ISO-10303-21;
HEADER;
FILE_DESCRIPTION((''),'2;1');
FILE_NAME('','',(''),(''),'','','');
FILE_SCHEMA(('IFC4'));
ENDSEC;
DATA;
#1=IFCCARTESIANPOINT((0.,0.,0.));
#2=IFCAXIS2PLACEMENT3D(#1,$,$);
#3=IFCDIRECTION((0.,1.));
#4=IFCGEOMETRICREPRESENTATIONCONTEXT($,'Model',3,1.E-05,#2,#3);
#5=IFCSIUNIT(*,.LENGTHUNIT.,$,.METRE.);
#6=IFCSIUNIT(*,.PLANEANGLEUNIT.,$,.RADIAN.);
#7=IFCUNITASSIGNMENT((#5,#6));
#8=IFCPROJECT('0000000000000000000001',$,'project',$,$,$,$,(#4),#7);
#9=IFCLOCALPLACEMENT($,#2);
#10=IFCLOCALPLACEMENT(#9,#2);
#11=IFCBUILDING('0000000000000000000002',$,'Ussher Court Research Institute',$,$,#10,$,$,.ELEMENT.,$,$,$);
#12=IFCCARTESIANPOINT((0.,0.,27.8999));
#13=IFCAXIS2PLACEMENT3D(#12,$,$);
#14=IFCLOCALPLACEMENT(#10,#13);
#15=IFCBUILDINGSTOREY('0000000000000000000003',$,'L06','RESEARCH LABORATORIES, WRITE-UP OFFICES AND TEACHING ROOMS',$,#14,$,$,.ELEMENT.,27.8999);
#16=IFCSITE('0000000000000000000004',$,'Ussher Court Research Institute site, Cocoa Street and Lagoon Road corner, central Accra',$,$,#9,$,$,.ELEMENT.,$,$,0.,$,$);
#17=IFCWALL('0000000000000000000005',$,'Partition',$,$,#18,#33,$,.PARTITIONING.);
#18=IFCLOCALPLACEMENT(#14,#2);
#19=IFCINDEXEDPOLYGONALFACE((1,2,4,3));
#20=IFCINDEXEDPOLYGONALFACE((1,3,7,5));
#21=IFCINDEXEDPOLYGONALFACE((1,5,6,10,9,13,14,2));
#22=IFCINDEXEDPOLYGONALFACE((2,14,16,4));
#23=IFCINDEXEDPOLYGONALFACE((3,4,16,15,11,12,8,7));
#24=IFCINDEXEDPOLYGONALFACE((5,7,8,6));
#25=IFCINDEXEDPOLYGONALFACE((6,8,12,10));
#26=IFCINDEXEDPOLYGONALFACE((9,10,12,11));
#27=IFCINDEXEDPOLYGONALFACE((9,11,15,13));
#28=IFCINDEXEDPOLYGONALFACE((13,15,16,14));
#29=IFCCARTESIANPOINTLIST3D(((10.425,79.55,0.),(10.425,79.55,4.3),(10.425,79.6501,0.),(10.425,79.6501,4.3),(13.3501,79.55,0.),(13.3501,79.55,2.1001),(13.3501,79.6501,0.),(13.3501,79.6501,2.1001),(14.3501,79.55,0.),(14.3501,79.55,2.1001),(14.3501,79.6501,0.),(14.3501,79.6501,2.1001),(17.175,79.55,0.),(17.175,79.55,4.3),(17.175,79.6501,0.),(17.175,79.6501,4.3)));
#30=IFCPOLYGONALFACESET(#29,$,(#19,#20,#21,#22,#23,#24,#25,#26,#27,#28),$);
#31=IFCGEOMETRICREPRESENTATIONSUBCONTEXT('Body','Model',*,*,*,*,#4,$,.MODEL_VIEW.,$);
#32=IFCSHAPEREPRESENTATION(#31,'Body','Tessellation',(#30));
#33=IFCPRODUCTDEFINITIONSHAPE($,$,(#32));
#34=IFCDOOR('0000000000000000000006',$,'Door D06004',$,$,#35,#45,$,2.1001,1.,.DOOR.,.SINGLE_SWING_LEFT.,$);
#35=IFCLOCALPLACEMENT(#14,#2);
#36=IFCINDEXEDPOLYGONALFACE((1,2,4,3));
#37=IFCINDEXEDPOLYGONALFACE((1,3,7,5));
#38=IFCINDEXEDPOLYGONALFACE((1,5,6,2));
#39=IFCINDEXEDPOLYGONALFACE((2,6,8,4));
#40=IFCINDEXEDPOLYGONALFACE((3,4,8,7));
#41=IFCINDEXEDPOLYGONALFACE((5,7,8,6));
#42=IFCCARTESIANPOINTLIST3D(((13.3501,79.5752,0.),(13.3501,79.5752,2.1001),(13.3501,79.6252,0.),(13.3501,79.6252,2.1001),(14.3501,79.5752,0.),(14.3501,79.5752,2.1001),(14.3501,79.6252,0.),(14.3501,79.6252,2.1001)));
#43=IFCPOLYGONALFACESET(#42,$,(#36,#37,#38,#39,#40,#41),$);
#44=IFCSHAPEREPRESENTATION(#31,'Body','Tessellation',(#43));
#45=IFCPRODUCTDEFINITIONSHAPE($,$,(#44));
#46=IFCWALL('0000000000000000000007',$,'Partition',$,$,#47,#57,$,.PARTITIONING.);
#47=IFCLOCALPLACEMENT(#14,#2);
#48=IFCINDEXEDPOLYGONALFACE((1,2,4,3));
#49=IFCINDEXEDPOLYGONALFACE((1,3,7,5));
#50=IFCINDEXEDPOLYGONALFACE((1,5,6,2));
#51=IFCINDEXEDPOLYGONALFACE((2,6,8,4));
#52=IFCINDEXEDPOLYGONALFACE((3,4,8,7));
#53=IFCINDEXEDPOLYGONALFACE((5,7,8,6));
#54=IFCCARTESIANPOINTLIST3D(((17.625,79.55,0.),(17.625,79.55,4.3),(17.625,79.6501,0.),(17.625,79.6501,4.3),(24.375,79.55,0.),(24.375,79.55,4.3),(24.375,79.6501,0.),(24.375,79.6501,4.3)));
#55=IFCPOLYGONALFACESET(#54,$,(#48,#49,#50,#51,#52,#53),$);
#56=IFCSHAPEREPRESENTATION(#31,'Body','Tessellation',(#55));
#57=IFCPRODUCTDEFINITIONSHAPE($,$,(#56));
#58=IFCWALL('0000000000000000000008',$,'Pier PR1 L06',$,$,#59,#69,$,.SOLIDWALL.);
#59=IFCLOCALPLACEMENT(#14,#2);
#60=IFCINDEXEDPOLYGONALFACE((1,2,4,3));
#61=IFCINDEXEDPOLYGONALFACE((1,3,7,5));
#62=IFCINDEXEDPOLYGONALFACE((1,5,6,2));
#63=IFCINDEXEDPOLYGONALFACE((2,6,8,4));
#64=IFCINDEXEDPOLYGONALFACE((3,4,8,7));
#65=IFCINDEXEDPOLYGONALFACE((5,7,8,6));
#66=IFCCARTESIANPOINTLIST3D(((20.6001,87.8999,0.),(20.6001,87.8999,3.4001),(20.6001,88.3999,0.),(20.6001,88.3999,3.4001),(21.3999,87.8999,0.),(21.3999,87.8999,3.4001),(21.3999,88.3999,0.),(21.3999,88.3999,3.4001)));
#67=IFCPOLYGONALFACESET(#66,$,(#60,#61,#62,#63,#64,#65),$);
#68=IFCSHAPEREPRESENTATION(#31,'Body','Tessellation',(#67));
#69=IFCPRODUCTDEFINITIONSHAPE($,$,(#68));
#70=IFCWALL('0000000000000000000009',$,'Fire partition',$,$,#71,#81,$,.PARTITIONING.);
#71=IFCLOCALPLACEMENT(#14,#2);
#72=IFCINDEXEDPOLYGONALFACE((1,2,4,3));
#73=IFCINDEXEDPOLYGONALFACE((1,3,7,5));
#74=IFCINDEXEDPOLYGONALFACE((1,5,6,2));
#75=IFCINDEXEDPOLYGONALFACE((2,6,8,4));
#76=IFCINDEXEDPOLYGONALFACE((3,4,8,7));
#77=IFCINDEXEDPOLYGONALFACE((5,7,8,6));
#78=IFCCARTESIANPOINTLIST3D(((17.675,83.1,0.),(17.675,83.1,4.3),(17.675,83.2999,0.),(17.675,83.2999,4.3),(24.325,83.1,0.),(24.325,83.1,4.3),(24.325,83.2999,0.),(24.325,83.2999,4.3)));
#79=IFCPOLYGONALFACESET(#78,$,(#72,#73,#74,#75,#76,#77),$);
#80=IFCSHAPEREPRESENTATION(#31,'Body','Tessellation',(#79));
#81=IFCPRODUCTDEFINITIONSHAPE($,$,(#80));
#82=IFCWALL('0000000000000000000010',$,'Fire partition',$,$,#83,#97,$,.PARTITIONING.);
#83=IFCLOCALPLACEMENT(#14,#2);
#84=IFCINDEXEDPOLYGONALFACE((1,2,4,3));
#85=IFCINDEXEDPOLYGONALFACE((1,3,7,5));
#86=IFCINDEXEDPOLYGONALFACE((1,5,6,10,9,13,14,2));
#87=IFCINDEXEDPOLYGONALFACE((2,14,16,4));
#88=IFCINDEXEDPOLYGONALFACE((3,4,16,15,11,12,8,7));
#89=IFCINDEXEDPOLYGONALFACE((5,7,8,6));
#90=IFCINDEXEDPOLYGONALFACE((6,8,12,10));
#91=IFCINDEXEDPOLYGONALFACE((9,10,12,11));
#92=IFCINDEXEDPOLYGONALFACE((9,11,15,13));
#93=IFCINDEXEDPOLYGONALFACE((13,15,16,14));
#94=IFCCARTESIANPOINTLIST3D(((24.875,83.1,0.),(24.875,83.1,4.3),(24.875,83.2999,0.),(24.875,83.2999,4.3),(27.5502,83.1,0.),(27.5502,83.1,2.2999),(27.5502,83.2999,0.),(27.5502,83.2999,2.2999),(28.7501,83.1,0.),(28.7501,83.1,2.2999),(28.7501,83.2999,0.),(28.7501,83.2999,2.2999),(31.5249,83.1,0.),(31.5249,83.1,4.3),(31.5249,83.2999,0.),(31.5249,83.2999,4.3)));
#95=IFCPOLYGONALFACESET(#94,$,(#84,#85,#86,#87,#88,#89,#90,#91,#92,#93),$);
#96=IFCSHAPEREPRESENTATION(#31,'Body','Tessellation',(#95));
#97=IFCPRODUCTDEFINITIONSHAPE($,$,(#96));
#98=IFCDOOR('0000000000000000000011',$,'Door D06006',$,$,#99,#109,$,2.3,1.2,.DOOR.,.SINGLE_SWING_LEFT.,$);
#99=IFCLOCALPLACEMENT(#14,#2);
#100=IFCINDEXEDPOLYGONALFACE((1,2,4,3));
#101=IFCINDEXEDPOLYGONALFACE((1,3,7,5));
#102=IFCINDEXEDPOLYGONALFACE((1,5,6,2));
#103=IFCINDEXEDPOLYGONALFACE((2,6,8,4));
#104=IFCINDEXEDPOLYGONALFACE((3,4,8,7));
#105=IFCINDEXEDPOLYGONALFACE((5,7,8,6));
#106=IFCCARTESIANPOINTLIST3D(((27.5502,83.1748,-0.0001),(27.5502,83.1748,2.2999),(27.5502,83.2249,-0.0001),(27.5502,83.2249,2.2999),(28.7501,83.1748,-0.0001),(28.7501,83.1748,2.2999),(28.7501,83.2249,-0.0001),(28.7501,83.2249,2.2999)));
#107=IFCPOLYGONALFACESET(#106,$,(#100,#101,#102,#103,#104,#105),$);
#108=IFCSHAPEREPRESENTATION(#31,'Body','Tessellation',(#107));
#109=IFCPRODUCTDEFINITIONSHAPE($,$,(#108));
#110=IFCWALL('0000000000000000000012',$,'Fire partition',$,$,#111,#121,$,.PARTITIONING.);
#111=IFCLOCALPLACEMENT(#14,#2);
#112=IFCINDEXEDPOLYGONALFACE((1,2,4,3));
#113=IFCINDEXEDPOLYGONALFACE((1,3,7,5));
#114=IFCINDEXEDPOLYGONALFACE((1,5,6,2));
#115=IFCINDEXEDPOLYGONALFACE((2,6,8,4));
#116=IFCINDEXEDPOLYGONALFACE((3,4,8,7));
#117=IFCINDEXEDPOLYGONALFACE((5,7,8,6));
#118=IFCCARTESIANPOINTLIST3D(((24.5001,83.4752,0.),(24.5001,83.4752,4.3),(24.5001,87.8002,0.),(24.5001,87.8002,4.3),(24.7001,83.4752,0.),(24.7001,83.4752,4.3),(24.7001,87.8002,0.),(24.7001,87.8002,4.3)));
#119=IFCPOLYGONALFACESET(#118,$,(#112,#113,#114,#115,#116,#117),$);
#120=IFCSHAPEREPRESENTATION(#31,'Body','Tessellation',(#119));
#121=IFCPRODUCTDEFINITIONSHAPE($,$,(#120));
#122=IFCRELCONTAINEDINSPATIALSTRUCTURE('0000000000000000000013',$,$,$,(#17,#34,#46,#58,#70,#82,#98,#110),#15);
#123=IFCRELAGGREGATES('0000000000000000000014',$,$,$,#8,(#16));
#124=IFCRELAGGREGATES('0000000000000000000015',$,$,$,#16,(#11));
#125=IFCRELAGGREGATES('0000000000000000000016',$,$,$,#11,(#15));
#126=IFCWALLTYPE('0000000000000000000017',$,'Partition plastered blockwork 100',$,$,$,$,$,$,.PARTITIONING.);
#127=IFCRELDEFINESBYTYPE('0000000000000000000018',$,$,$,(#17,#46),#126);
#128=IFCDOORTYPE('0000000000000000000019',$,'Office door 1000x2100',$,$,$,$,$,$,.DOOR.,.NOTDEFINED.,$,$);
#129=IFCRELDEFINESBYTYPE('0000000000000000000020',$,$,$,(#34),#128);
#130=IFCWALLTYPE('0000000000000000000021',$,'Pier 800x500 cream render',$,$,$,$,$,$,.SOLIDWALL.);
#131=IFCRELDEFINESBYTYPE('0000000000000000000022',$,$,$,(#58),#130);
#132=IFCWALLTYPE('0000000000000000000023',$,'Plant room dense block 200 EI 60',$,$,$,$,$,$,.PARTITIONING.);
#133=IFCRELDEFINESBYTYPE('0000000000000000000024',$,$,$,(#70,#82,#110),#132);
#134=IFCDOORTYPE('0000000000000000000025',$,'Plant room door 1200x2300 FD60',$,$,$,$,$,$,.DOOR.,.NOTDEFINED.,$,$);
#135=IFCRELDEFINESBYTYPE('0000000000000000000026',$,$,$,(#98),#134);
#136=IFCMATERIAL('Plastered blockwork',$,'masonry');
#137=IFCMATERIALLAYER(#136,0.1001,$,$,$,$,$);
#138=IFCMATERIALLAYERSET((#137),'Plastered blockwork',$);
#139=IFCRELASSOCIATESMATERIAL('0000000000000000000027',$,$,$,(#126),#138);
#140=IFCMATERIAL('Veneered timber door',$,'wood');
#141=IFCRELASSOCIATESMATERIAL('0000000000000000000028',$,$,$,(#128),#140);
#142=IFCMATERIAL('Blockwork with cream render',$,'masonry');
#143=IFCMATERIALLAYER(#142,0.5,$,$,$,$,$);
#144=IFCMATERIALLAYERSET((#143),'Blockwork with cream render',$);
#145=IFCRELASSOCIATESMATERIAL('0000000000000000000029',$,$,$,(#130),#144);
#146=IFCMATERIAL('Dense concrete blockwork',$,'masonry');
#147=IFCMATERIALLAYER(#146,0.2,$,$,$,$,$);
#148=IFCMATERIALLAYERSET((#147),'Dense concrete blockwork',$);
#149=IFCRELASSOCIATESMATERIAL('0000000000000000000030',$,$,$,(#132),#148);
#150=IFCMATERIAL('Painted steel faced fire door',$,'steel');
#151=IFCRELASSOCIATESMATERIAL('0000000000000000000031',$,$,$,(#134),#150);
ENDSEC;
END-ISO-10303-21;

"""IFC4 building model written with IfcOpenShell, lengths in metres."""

from ifc_helpers import new_model, si_unit, direction, frame, frame_2d, origin, place, context, subcontext, project, spatial, rectangle, extrude, material, layer, layer_set, type_object, element, fill, save


model = new_model("IFC4")

# Units and contexts
model_context = context("Model", 3, precision=1e-05, world=origin(), true_north=direction((0.0, 1.0)))
body_context = subcontext(model_context, "Body", "Model", "MODEL_VIEW")
ifc_project = project(units=[si_unit("LENGTHUNIT", "METRE"), si_unit("PLANEANGLEUNIT", "RADIAN")], contexts=[model_context])

# Site, building, storey
site_placement = place(None, origin())
site = spatial("IfcSite", under=ifc_project, at=site_placement, Name="Ussher Court Research Institute site, Cocoa Street and Lagoon Road corner, central Accra", CompositionType="ELEMENT", RefElevation=0.0)
building_placement = place(site_placement, origin())
building = spatial("IfcBuilding", under=site, at=building_placement, Name="Ussher Court Research Institute", CompositionType="ELEMENT")
storey_placement = place(building_placement, frame((0.0, 0.0, 27.8999)))
storey = spatial("IfcBuildingStorey", under=building, at=storey_placement, Name="L06", Description="RESEARCH LABORATORIES, WRITE-UP OFFICES AND TEACHING ROOMS", CompositionType="ELEMENT", Elevation=27.8999)

# Wall, opening, door
ifc_material_1 = material(Name="Plastered blockwork", Category="masonry")
ifc_layer_1 = layer(ifc_material_1, 0.1001)
ifc_layer_set_1 = layer_set([ifc_layer_1], Name="Plastered blockwork")
wall_type_1 = type_object("IfcWallType", Name="Partition plastered blockwork 100", PredefinedType="PARTITIONING", material=ifc_layer_set_1)
wall_1_placement = place(storey_placement, frame((17.175, 79.6001, 0.0), z_axis=(0.0, 0.0, 1.0), x_axis=(-1.0, 0.0, 0.0)))
wall_1 = element("IfcWall", 1, at=wall_1_placement, inside=storey, type_object=wall_type_1, Name="Partition", PredefinedType="PARTITIONING", context=body_context, shape_type="SweptSolid", body=[
    extrude(rectangle(XDim=6.75, YDim=0.1001, at=frame_2d((3.375, 0.0))), origin(), (0.0, 0.0, 1.0), 4.3),
])
opening_1_placement = place(wall_1_placement, frame((2.825, 0.0, 0.0)))
opening_1 = element("IfcOpeningElement", 2, at=opening_1_placement, cuts=wall_1, PredefinedType="OPENING", context=body_context, shape_type="SweptSolid", body=[
    extrude(rectangle(XDim=1.0, YDim=2.1001, at=frame_2d((0.5, 1.05))), frame((0.0, 0.0601, 0.0), z_axis=(0.0, -1.0, 0.0), x_axis=(1.0, 0.0, 0.0)), (0.0, 0.0, 1.0), 0.1201),
])
ifc_material_2 = material(Name="Veneered timber door", Category="wood")
door_type_1 = type_object("IfcDoorType", Name="Office door 1000x2100", OperationType="NOTDEFINED", PredefinedType="DOOR", material=ifc_material_2)
door_1_placement = place(opening_1_placement, origin())
door_1 = element("IfcDoor", 3, at=door_1_placement, inside=storey, type_object=door_type_1, Name="Door D06004", OperationType="SINGLE_SWING_LEFT", OverallHeight=2.1001, OverallWidth=1.0, PredefinedType="DOOR", context=body_context, shape_type="SweptSolid", body=[
    extrude(rectangle(XDim=1.0, YDim=2.1001, at=frame_2d((0.5, 1.05))), frame((0.0, 0.0249, 0.0), z_axis=(0.0, -1.0, 0.0), x_axis=(1.0, 0.0, 0.0)), (0.0, 0.0, 1.0), 0.05),
])
fill(opening_1, door_1)

# Walls
wall_2_placement = place(storey_placement, frame((17.625, 79.6001, 0.0), z_axis=(0.0, 0.0, 1.0), x_axis=(1.0, 0.0, 0.0)))
element("IfcWall", 4, at=wall_2_placement, inside=storey, type_object=wall_type_1, Name="Partition", PredefinedType="PARTITIONING", context=body_context, shape_type="SweptSolid", body=[
    extrude(rectangle(XDim=6.75, YDim=0.1001, at=frame_2d((3.375, 0.0))), origin(), (0.0, 0.0, 1.0), 4.3),
])
ifc_material_3 = material(Name="Blockwork with cream render", Category="masonry")
ifc_layer_2 = layer(ifc_material_3, 0.5)
ifc_layer_set_2 = layer_set([ifc_layer_2], Name="Blockwork with cream render")
wall_type_2 = type_object("IfcWallType", Name="Pier 800x500 cream render", PredefinedType="SOLIDWALL", material=ifc_layer_set_2)
wall_3_placement = place(storey_placement, frame((20.6001, 88.1499, 0.0), z_axis=(0.0, 0.0, 1.0), x_axis=(1.0, 0.0, 0.0)))
element("IfcWall", 5, at=wall_3_placement, inside=storey, type_object=wall_type_2, Name="Pier PR1 L06", PredefinedType="SOLIDWALL", context=body_context, shape_type="SweptSolid", body=[
    extrude(rectangle(XDim=0.7998, YDim=0.5, at=frame_2d((0.3999, 0.0))), origin(), (0.0, 0.0, 1.0), 3.4001),
])
ifc_material_4 = material(Name="Dense concrete blockwork", Category="masonry")
ifc_layer_3 = layer(ifc_material_4, 0.2)
ifc_layer_set_3 = layer_set([ifc_layer_3], Name="Dense concrete blockwork")
wall_type_3 = type_object("IfcWallType", Name="Plant room dense block 200 EI 60", PredefinedType="PARTITIONING", material=ifc_layer_set_3)
wall_4_placement = place(storey_placement, frame((17.675, 83.2, 0.0), z_axis=(0.0, 0.0, 1.0), x_axis=(1.0, 0.0, 0.0)))
element("IfcWall", 6, at=wall_4_placement, inside=storey, type_object=wall_type_3, Name="Fire partition", PredefinedType="PARTITIONING", context=body_context, shape_type="SweptSolid", body=[
    extrude(rectangle(XDim=6.6499, YDim=0.2, at=frame_2d((3.325, 0.0))), origin(), (0.0, 0.0, 1.0), 4.3),
])

# Wall, opening, door
wall_5_placement = place(storey_placement, frame((24.875, 83.2, 0.0), z_axis=(0.0, 0.0, 1.0), x_axis=(1.0, 0.0, 0.0)))
wall_5 = element("IfcWall", 7, at=wall_5_placement, inside=storey, type_object=wall_type_3, Name="Fire partition", PredefinedType="PARTITIONING", context=body_context, shape_type="SweptSolid", body=[
    extrude(rectangle(XDim=6.6499, YDim=0.2, at=frame_2d((3.325, 0.0))), origin(), (0.0, 0.0, 1.0), 4.3),
])
opening_2_placement = place(wall_5_placement, frame((2.675, 0.0, 0.0)))
opening_2 = element("IfcOpeningElement", 8, at=opening_2_placement, cuts=wall_5, PredefinedType="OPENING", context=body_context, shape_type="SweptSolid", body=[
    extrude(rectangle(XDim=1.2, YDim=2.3, at=frame_2d((0.6001, 1.1499))), frame((0.0, 0.1099, 0.0), z_axis=(0.0, -1.0, 0.0), x_axis=(1.0, 0.0, 0.0)), (0.0, 0.0, 1.0), 0.22),
])
ifc_material_5 = material(Name="Painted steel faced fire door", Category="steel")
door_type_2 = type_object("IfcDoorType", Name="Plant room door 1200x2300 FD60", OperationType="NOTDEFINED", PredefinedType="DOOR", material=ifc_material_5)
door_2_placement = place(opening_2_placement, origin())
door_2 = element("IfcDoor", 9, at=door_2_placement, inside=storey, type_object=door_type_2, Name="Door D06006", OperationType="SINGLE_SWING_LEFT", OverallHeight=2.3, OverallWidth=1.2, PredefinedType="DOOR", context=body_context, shape_type="SweptSolid", body=[
    extrude(rectangle(XDim=1.2, YDim=2.3, at=frame_2d((0.6001, 1.1499))), frame((0.0, 0.0249, 0.0), z_axis=(0.0, -1.0, 0.0), x_axis=(1.0, 0.0, 0.0)), (0.0, 0.0, 1.0), 0.05),
])
fill(opening_2, door_2)

# Wall
wall_6_placement = place(storey_placement, frame((24.6001, 83.4751, 0.0), z_axis=(0.0, 0.0, 1.0), x_axis=(0.0, 1.0, 0.0)))
element("IfcWall", 10, at=wall_6_placement, inside=storey, type_object=wall_type_3, Name="Fire partition", PredefinedType="PARTITIONING", context=body_context, shape_type="SweptSolid", body=[
    extrude(rectangle(XDim=4.325, YDim=0.2, at=frame_2d((2.1626, 0.0))), origin(), (0.0, 0.0, 1.0), 4.3),
])

save(model, "model.ifc")
